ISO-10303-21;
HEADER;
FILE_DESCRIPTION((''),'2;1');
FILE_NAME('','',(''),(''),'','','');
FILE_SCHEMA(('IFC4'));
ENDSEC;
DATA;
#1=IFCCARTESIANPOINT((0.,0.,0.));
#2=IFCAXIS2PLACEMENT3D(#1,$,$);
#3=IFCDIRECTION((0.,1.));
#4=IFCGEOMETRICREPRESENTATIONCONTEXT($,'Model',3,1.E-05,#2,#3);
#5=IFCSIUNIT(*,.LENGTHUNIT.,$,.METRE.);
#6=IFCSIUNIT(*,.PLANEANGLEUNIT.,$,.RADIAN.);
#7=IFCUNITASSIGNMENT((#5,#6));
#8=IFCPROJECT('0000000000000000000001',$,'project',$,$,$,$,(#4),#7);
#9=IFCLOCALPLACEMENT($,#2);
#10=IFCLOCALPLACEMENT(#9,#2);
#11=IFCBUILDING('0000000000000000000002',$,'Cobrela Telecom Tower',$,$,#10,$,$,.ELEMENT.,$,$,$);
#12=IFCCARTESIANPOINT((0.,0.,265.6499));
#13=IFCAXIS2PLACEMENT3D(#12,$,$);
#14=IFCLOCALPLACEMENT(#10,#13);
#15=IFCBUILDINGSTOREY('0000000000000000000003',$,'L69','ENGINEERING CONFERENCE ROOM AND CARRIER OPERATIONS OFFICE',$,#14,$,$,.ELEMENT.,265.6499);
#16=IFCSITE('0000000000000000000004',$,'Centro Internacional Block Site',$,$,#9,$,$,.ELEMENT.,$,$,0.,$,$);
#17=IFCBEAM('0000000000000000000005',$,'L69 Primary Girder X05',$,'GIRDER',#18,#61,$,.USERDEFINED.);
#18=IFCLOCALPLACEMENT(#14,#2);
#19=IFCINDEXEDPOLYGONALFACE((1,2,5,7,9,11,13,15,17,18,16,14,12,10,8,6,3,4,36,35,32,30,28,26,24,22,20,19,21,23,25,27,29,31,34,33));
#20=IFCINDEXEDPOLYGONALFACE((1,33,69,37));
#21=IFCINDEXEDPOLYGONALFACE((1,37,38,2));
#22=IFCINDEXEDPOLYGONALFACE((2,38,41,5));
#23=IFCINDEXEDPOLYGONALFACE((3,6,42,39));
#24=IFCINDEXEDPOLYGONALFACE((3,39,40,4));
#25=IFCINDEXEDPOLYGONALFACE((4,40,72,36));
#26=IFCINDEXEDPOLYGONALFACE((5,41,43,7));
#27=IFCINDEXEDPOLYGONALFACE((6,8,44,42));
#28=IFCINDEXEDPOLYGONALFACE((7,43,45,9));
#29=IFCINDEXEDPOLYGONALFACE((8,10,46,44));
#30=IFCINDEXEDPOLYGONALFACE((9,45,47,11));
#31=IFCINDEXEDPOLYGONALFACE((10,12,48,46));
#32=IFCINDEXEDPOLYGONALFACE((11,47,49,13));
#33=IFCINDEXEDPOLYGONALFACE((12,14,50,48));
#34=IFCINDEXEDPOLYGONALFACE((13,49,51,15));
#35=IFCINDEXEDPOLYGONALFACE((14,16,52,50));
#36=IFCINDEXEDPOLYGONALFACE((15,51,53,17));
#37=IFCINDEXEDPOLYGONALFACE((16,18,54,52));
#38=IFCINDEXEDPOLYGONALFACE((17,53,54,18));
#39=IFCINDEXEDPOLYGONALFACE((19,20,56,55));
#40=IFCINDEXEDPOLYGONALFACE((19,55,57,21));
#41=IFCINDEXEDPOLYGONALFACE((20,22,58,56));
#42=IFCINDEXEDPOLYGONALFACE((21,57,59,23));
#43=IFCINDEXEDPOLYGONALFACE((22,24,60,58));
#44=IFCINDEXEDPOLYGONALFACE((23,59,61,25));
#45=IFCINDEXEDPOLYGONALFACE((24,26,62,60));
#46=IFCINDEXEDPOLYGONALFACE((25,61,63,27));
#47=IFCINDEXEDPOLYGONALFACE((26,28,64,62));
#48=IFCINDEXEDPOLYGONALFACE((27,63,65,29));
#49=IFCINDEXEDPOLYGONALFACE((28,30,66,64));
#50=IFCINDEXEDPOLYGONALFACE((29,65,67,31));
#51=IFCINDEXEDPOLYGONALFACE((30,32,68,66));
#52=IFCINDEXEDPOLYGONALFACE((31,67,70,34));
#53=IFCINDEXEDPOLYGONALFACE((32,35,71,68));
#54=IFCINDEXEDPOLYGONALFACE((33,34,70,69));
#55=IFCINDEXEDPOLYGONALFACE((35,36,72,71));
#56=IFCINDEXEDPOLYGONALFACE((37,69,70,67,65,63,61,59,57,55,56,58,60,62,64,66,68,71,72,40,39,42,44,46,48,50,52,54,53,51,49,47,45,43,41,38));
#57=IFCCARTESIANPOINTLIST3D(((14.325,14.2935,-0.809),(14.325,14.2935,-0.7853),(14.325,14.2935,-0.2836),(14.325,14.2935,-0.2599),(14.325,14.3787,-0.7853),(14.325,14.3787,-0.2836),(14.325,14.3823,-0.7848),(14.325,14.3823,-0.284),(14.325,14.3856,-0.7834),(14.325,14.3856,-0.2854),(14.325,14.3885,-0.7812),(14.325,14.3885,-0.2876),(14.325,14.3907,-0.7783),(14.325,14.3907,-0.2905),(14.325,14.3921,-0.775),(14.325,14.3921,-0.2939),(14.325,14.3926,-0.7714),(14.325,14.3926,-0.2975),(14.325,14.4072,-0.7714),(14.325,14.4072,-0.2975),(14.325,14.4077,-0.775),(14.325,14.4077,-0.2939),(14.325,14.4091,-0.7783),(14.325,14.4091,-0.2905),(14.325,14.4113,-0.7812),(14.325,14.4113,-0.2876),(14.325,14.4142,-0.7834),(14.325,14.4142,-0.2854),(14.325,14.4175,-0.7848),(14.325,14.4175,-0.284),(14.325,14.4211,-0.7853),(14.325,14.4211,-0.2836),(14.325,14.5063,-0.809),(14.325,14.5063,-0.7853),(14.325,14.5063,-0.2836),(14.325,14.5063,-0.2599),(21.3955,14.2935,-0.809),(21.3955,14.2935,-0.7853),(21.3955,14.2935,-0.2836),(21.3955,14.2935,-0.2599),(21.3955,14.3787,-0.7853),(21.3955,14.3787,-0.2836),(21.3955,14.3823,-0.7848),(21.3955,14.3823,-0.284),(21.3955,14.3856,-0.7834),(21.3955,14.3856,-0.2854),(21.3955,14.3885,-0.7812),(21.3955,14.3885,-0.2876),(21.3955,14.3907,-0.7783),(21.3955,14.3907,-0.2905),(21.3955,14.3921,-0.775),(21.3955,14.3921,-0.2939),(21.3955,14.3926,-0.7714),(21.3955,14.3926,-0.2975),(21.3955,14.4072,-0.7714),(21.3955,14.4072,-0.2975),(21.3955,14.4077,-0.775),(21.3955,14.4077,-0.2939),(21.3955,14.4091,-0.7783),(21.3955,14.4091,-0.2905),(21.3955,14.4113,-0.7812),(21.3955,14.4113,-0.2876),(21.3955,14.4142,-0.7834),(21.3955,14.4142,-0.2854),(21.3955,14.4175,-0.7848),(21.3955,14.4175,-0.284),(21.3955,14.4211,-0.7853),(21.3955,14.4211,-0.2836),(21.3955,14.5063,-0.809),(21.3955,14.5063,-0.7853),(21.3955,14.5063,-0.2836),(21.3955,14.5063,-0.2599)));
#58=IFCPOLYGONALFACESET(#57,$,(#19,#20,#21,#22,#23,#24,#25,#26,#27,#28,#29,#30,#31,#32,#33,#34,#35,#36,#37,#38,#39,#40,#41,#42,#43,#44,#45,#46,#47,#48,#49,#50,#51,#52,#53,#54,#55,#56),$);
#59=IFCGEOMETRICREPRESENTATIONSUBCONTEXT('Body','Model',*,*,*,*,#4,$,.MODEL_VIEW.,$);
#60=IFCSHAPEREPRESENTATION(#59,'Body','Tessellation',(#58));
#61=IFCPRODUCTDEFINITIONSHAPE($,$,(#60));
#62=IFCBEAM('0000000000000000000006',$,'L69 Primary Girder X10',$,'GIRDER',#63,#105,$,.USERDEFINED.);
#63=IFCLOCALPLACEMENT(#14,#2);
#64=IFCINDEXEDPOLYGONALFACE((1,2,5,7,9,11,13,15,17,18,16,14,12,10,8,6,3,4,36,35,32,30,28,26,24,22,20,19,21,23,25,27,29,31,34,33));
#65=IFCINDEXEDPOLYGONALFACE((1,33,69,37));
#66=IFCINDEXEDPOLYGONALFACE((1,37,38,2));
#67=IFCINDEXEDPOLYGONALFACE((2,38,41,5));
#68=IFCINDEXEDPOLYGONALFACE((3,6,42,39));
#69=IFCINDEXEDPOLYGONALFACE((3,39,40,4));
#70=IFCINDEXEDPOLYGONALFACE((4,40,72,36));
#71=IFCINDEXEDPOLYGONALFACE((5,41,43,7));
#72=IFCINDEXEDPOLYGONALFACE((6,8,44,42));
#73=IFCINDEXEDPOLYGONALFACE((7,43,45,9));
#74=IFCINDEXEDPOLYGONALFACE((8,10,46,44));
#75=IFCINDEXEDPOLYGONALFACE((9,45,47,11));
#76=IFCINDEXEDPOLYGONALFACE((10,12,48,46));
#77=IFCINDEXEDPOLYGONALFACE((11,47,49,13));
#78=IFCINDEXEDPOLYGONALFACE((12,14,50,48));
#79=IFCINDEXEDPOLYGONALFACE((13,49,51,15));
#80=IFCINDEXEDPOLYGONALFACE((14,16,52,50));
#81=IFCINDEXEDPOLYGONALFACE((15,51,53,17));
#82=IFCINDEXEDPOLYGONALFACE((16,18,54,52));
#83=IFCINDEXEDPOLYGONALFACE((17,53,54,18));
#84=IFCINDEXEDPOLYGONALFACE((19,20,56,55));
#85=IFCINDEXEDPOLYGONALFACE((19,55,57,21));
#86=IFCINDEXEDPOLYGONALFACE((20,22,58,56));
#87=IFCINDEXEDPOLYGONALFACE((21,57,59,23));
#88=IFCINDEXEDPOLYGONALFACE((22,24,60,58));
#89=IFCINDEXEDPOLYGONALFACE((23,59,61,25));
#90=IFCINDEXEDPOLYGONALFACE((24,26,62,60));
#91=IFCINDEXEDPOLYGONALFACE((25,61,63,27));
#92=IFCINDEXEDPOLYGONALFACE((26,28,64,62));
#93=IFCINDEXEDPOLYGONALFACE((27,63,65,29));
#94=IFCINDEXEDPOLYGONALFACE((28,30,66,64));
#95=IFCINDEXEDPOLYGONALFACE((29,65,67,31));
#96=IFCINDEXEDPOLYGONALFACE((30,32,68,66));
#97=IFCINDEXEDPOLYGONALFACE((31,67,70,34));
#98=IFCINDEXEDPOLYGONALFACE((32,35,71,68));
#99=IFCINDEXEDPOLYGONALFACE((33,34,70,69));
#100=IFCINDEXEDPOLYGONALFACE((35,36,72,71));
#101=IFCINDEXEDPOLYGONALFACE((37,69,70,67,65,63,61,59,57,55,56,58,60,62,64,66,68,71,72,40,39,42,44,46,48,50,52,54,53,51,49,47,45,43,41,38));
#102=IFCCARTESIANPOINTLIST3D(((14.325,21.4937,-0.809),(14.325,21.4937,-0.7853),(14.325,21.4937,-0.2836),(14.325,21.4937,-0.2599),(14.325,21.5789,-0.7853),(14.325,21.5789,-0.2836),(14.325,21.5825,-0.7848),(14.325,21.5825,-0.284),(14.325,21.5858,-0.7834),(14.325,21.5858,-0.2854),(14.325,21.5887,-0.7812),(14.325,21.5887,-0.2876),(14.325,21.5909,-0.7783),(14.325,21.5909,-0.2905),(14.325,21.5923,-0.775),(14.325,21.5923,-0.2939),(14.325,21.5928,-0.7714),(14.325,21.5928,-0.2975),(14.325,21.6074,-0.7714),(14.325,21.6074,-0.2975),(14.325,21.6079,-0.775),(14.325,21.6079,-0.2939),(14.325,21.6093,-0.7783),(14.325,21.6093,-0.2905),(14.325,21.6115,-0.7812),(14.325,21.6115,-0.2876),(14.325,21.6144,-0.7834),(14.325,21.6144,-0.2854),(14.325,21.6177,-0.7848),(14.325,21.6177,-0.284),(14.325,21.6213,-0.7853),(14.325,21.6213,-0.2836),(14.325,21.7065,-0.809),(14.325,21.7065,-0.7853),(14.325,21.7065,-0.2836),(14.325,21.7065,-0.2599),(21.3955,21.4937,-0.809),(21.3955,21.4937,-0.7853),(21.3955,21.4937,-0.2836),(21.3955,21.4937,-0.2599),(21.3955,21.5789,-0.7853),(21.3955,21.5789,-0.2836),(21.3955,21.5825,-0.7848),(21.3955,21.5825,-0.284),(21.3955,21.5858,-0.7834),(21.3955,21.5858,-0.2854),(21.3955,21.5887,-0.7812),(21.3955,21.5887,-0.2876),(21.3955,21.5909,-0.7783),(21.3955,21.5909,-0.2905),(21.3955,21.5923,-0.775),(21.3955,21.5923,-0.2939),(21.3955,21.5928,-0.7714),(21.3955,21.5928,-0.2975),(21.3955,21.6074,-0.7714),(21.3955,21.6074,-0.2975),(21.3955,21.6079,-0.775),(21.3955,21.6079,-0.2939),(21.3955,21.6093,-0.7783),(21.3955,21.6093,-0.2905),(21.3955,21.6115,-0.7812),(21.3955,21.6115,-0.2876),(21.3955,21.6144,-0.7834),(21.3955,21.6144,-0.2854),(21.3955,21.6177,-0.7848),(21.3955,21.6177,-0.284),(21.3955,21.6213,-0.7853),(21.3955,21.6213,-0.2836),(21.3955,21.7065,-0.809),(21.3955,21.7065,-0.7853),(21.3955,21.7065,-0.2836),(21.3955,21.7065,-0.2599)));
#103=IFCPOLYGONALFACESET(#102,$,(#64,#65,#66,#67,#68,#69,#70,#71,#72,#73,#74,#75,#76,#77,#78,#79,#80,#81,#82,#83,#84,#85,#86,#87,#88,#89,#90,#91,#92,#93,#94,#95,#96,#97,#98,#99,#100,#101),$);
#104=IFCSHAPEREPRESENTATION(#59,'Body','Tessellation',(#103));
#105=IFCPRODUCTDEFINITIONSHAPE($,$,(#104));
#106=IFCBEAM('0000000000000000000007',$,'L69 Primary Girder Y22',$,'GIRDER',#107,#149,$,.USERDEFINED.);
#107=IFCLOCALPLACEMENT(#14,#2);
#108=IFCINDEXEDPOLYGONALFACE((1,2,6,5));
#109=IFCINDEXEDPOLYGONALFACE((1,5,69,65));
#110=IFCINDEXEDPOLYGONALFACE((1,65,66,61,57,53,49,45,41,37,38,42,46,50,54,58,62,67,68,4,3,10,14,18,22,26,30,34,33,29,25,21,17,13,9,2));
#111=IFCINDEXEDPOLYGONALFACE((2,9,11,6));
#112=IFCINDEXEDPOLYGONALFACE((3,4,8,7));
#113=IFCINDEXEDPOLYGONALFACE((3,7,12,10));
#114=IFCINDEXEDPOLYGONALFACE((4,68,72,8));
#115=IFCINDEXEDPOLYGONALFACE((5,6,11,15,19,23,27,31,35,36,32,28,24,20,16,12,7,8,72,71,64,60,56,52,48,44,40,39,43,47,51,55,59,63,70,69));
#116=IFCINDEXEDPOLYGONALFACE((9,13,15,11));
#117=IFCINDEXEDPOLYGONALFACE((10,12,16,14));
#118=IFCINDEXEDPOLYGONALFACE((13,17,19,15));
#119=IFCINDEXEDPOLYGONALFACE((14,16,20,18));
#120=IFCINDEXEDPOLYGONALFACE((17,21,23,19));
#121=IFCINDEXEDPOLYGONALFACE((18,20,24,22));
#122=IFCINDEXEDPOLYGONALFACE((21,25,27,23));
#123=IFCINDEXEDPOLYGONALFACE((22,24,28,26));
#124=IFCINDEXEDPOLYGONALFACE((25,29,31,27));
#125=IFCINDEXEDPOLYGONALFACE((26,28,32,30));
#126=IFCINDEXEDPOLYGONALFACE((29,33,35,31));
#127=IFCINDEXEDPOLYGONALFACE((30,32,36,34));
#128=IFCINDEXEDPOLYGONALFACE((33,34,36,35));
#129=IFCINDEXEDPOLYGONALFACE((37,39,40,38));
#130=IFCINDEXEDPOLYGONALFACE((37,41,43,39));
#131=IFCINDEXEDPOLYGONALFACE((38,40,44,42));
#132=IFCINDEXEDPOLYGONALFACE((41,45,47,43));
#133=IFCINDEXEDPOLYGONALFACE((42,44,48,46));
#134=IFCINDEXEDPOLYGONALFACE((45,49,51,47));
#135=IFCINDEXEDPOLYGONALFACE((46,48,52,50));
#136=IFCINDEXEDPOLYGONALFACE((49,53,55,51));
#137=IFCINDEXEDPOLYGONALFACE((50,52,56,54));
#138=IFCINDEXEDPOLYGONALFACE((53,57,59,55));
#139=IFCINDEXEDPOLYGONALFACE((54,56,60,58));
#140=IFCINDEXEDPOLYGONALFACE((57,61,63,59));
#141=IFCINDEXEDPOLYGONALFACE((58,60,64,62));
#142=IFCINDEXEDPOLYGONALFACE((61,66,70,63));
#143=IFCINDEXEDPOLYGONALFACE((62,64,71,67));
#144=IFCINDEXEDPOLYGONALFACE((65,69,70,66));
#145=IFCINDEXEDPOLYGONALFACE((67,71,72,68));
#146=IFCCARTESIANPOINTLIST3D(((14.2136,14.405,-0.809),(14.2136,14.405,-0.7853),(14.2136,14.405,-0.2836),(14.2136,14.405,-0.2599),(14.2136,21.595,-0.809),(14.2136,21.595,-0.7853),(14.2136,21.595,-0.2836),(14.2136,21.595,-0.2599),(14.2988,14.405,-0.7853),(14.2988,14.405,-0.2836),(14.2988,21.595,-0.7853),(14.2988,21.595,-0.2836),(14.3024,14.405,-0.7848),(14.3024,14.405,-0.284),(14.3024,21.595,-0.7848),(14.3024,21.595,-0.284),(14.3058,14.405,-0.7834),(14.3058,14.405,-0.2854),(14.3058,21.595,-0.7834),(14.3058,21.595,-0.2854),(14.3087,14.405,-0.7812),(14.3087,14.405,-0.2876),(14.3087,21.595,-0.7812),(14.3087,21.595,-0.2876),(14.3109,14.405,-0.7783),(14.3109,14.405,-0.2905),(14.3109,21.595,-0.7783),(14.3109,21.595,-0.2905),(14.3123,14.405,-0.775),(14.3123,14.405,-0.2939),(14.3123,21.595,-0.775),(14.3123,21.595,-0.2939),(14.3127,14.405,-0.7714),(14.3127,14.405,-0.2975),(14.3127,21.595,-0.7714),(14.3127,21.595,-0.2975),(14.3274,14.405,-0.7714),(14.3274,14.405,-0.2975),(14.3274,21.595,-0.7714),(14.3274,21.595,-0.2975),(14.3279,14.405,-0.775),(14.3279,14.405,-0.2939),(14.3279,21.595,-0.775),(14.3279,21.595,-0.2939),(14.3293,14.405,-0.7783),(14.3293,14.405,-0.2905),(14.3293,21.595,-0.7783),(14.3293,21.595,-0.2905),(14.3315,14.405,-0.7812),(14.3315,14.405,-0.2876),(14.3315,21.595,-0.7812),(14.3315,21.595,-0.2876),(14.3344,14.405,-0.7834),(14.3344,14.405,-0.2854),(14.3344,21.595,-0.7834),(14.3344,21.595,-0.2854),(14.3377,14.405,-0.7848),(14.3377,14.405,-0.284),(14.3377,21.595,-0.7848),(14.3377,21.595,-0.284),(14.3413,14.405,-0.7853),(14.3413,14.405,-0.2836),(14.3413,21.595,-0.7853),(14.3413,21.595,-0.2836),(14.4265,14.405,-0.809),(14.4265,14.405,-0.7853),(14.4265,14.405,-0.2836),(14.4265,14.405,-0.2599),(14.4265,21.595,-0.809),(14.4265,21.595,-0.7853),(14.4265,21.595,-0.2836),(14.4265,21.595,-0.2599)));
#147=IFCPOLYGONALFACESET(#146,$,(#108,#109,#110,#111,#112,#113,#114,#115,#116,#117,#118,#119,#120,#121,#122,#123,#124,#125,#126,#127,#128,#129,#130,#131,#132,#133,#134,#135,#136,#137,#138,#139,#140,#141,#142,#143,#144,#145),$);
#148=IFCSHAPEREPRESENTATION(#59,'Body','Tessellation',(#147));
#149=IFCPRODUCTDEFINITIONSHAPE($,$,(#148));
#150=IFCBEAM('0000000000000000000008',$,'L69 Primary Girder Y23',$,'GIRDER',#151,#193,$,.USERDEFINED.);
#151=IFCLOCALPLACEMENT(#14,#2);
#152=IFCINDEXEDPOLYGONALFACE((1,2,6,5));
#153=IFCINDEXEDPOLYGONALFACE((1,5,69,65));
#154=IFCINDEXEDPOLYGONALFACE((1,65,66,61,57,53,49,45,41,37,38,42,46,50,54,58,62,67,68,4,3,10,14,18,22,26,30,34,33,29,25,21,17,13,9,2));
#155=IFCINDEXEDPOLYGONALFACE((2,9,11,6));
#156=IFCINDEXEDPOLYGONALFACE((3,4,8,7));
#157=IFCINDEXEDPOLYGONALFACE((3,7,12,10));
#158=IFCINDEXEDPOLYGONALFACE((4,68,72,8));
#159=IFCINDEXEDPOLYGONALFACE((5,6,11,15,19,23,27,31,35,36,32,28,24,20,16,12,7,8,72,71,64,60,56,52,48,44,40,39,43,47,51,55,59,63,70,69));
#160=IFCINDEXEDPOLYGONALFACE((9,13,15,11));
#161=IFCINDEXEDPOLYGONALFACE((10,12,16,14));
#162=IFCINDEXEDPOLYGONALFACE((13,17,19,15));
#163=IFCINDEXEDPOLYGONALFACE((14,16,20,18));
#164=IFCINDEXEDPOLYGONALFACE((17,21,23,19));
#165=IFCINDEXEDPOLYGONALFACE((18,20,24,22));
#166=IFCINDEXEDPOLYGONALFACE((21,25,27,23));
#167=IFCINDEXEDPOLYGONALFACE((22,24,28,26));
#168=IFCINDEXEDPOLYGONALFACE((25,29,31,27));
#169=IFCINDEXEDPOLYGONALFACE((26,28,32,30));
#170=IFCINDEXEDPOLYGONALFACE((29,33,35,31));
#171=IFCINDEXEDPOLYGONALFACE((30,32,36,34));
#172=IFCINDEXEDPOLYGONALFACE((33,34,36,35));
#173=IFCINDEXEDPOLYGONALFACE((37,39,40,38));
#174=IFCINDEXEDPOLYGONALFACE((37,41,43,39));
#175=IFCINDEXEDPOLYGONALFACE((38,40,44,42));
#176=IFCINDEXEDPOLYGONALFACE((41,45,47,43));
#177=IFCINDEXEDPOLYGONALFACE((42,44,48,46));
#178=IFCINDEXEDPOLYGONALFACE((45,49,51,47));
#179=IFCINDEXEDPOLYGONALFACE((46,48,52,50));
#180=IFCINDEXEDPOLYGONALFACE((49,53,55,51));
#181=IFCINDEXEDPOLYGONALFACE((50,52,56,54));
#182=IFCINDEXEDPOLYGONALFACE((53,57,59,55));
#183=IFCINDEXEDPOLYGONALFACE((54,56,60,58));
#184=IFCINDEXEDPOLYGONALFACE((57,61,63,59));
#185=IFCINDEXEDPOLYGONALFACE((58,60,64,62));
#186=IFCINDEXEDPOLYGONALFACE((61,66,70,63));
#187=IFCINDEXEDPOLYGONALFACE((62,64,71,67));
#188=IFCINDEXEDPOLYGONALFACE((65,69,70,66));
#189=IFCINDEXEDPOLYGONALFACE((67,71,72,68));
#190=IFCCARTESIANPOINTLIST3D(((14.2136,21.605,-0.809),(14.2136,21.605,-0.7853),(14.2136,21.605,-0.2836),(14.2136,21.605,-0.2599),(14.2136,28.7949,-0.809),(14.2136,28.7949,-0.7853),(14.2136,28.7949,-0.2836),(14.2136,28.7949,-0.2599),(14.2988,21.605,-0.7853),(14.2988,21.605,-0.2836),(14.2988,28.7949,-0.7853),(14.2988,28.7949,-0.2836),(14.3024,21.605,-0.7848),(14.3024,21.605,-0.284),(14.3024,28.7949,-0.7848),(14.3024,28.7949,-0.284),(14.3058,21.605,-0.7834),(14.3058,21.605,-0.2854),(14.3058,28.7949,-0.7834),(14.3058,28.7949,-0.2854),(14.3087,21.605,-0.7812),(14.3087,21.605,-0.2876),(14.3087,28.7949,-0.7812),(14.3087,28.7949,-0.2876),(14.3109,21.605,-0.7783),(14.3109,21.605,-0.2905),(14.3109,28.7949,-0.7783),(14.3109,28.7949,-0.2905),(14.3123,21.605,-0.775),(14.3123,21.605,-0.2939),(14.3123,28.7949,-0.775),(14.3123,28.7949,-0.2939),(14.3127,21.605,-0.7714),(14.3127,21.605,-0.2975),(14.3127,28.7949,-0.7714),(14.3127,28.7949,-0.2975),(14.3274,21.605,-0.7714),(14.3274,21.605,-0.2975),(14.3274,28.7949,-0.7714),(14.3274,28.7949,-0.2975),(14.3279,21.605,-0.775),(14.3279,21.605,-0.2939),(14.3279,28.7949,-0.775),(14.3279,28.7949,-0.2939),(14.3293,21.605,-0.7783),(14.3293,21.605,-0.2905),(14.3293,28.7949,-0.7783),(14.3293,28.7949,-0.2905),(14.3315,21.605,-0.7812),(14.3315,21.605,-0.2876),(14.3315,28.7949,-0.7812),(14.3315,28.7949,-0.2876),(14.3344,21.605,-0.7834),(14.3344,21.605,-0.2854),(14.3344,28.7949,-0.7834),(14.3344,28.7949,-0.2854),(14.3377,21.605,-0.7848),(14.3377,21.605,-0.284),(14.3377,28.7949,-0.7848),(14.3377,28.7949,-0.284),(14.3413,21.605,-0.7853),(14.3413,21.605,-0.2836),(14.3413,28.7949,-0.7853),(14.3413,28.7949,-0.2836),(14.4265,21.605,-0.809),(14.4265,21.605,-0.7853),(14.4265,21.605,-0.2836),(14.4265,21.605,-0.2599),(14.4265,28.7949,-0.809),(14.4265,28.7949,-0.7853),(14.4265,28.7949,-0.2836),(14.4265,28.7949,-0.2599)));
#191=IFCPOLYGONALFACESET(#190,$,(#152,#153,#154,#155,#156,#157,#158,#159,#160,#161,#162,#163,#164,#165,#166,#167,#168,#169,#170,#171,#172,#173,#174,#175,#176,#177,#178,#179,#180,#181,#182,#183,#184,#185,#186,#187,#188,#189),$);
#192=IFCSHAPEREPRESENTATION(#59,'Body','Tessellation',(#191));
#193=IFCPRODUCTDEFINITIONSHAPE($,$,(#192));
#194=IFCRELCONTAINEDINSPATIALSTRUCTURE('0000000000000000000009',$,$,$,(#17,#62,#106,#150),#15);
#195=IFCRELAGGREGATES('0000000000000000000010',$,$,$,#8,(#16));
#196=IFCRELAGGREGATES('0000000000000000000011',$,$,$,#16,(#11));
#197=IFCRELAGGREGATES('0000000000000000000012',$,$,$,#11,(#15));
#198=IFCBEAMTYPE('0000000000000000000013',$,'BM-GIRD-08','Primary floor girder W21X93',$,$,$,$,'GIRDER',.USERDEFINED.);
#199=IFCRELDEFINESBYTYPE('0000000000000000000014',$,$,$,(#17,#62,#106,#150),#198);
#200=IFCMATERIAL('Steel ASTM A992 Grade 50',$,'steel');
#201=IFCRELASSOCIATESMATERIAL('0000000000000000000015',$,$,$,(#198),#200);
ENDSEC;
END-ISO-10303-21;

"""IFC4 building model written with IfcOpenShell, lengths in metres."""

from ifc_helpers import new_model, si_unit, direction, frame, origin, origin_2d, place, context, subcontext, project, spatial, i_section, extrude, material, material_profile, profile_set, type_object, element, save


model = new_model("IFC4")

# Units and contexts
model_context = context("Model", 3, precision=1e-05, world=origin(), true_north=direction((0.0, 1.0)))
body_context = subcontext(model_context, "Body", "Model", "MODEL_VIEW")
ifc_project = project(units=[si_unit("LENGTHUNIT", "METRE"), si_unit("PLANEANGLEUNIT", "RADIAN")], contexts=[model_context])

# Site, building, storey
site_placement = place(None, origin())
site = spatial("IfcSite", under=ifc_project, at=site_placement, Name="Centro Internacional Block Site", CompositionType="ELEMENT", RefElevation=0.0)
building_placement = place(site_placement, origin())
building = spatial("IfcBuilding", under=site, at=building_placement, Name="Cobrela Telecom Tower", CompositionType="ELEMENT")
storey_placement = place(building_placement, frame((0.0, 0.0, 265.6499)))
storey = spatial("IfcBuildingStorey", under=building, at=storey_placement, Name="L69", Description="ENGINEERING CONFERENCE ROOM AND CARRIER OPERATIONS OFFICE", CompositionType="ELEMENT", Elevation=265.6499)

# Beams
ifc_material_1 = material(Name="Steel ASTM A992 Grade 50", Category="steel")
ifc_material_profile_1 = material_profile(ifc_material_1, i_section(OverallWidth=0.2129, OverallDepth=0.5491, WebThickness=0.0146, FlangeThickness=0.0237, FilletRadius=0.0139, at=origin_2d()), Name="W21X93")
ifc_profile_set_1 = profile_set([ifc_material_profile_1], Name="Steel ASTM A992 Grade 50")
beam_type_1 = type_object("IfcBeamType", Name="BM-GIRD-08", Description="Primary floor girder W21X93", ElementType="GIRDER", PredefinedType="USERDEFINED", material=ifc_profile_set_1)
for number, where, z_axis, x_axis, name in (
    (1, (14.325, 14.3999, -0.5344), (1.0, 0.0, 0.0), (0.0, 1.0, 0.0), "L69 Primary Girder X05"),
    (2, (14.325, 21.6001, -0.5344), (1.0, 0.0, 0.0), (0.0, 1.0, 0.0), "L69 Primary Girder X10"),
):
    element("IfcBeam", number, at=place(storey_placement, frame(where, z_axis=z_axis, x_axis=x_axis)), inside=storey, type_object=beam_type_1, Name=name, ObjectType="GIRDER", PredefinedType="USERDEFINED", context=body_context, shape_type="SweptSolid", body=[
        extrude(i_section(OverallWidth=0.2129, OverallDepth=0.5491, WebThickness=0.0146, FlangeThickness=0.0237, FilletRadius=0.0139, at=origin_2d()), origin(), (0.0, 0.0, 1.0), 7.0706),
    ])
for number, where, z_axis, x_axis, name in (
    (3, (14.3201, 14.405, -0.5344), (0.0, 1.0, 0.0), (-1.0, 0.0, 0.0), "L69 Primary Girder Y22"),
    (4, (14.3201, 21.605, -0.5344), (0.0, 1.0, 0.0), (-1.0, 0.0, 0.0), "L69 Primary Girder Y23"),
):
    element("IfcBeam", number, at=place(storey_placement, frame(where, z_axis=z_axis, x_axis=x_axis)), inside=storey, type_object=beam_type_1, Name=name, ObjectType="GIRDER", PredefinedType="USERDEFINED", context=body_context, shape_type="SweptSolid", body=[
        extrude(i_section(OverallWidth=0.2129, OverallDepth=0.5491, WebThickness=0.0146, FlangeThickness=0.0237, FilletRadius=0.0139, at=origin_2d()), origin(), (0.0, 0.0, 1.0), 7.1899),
    ])

save(model, "model.ifc")
